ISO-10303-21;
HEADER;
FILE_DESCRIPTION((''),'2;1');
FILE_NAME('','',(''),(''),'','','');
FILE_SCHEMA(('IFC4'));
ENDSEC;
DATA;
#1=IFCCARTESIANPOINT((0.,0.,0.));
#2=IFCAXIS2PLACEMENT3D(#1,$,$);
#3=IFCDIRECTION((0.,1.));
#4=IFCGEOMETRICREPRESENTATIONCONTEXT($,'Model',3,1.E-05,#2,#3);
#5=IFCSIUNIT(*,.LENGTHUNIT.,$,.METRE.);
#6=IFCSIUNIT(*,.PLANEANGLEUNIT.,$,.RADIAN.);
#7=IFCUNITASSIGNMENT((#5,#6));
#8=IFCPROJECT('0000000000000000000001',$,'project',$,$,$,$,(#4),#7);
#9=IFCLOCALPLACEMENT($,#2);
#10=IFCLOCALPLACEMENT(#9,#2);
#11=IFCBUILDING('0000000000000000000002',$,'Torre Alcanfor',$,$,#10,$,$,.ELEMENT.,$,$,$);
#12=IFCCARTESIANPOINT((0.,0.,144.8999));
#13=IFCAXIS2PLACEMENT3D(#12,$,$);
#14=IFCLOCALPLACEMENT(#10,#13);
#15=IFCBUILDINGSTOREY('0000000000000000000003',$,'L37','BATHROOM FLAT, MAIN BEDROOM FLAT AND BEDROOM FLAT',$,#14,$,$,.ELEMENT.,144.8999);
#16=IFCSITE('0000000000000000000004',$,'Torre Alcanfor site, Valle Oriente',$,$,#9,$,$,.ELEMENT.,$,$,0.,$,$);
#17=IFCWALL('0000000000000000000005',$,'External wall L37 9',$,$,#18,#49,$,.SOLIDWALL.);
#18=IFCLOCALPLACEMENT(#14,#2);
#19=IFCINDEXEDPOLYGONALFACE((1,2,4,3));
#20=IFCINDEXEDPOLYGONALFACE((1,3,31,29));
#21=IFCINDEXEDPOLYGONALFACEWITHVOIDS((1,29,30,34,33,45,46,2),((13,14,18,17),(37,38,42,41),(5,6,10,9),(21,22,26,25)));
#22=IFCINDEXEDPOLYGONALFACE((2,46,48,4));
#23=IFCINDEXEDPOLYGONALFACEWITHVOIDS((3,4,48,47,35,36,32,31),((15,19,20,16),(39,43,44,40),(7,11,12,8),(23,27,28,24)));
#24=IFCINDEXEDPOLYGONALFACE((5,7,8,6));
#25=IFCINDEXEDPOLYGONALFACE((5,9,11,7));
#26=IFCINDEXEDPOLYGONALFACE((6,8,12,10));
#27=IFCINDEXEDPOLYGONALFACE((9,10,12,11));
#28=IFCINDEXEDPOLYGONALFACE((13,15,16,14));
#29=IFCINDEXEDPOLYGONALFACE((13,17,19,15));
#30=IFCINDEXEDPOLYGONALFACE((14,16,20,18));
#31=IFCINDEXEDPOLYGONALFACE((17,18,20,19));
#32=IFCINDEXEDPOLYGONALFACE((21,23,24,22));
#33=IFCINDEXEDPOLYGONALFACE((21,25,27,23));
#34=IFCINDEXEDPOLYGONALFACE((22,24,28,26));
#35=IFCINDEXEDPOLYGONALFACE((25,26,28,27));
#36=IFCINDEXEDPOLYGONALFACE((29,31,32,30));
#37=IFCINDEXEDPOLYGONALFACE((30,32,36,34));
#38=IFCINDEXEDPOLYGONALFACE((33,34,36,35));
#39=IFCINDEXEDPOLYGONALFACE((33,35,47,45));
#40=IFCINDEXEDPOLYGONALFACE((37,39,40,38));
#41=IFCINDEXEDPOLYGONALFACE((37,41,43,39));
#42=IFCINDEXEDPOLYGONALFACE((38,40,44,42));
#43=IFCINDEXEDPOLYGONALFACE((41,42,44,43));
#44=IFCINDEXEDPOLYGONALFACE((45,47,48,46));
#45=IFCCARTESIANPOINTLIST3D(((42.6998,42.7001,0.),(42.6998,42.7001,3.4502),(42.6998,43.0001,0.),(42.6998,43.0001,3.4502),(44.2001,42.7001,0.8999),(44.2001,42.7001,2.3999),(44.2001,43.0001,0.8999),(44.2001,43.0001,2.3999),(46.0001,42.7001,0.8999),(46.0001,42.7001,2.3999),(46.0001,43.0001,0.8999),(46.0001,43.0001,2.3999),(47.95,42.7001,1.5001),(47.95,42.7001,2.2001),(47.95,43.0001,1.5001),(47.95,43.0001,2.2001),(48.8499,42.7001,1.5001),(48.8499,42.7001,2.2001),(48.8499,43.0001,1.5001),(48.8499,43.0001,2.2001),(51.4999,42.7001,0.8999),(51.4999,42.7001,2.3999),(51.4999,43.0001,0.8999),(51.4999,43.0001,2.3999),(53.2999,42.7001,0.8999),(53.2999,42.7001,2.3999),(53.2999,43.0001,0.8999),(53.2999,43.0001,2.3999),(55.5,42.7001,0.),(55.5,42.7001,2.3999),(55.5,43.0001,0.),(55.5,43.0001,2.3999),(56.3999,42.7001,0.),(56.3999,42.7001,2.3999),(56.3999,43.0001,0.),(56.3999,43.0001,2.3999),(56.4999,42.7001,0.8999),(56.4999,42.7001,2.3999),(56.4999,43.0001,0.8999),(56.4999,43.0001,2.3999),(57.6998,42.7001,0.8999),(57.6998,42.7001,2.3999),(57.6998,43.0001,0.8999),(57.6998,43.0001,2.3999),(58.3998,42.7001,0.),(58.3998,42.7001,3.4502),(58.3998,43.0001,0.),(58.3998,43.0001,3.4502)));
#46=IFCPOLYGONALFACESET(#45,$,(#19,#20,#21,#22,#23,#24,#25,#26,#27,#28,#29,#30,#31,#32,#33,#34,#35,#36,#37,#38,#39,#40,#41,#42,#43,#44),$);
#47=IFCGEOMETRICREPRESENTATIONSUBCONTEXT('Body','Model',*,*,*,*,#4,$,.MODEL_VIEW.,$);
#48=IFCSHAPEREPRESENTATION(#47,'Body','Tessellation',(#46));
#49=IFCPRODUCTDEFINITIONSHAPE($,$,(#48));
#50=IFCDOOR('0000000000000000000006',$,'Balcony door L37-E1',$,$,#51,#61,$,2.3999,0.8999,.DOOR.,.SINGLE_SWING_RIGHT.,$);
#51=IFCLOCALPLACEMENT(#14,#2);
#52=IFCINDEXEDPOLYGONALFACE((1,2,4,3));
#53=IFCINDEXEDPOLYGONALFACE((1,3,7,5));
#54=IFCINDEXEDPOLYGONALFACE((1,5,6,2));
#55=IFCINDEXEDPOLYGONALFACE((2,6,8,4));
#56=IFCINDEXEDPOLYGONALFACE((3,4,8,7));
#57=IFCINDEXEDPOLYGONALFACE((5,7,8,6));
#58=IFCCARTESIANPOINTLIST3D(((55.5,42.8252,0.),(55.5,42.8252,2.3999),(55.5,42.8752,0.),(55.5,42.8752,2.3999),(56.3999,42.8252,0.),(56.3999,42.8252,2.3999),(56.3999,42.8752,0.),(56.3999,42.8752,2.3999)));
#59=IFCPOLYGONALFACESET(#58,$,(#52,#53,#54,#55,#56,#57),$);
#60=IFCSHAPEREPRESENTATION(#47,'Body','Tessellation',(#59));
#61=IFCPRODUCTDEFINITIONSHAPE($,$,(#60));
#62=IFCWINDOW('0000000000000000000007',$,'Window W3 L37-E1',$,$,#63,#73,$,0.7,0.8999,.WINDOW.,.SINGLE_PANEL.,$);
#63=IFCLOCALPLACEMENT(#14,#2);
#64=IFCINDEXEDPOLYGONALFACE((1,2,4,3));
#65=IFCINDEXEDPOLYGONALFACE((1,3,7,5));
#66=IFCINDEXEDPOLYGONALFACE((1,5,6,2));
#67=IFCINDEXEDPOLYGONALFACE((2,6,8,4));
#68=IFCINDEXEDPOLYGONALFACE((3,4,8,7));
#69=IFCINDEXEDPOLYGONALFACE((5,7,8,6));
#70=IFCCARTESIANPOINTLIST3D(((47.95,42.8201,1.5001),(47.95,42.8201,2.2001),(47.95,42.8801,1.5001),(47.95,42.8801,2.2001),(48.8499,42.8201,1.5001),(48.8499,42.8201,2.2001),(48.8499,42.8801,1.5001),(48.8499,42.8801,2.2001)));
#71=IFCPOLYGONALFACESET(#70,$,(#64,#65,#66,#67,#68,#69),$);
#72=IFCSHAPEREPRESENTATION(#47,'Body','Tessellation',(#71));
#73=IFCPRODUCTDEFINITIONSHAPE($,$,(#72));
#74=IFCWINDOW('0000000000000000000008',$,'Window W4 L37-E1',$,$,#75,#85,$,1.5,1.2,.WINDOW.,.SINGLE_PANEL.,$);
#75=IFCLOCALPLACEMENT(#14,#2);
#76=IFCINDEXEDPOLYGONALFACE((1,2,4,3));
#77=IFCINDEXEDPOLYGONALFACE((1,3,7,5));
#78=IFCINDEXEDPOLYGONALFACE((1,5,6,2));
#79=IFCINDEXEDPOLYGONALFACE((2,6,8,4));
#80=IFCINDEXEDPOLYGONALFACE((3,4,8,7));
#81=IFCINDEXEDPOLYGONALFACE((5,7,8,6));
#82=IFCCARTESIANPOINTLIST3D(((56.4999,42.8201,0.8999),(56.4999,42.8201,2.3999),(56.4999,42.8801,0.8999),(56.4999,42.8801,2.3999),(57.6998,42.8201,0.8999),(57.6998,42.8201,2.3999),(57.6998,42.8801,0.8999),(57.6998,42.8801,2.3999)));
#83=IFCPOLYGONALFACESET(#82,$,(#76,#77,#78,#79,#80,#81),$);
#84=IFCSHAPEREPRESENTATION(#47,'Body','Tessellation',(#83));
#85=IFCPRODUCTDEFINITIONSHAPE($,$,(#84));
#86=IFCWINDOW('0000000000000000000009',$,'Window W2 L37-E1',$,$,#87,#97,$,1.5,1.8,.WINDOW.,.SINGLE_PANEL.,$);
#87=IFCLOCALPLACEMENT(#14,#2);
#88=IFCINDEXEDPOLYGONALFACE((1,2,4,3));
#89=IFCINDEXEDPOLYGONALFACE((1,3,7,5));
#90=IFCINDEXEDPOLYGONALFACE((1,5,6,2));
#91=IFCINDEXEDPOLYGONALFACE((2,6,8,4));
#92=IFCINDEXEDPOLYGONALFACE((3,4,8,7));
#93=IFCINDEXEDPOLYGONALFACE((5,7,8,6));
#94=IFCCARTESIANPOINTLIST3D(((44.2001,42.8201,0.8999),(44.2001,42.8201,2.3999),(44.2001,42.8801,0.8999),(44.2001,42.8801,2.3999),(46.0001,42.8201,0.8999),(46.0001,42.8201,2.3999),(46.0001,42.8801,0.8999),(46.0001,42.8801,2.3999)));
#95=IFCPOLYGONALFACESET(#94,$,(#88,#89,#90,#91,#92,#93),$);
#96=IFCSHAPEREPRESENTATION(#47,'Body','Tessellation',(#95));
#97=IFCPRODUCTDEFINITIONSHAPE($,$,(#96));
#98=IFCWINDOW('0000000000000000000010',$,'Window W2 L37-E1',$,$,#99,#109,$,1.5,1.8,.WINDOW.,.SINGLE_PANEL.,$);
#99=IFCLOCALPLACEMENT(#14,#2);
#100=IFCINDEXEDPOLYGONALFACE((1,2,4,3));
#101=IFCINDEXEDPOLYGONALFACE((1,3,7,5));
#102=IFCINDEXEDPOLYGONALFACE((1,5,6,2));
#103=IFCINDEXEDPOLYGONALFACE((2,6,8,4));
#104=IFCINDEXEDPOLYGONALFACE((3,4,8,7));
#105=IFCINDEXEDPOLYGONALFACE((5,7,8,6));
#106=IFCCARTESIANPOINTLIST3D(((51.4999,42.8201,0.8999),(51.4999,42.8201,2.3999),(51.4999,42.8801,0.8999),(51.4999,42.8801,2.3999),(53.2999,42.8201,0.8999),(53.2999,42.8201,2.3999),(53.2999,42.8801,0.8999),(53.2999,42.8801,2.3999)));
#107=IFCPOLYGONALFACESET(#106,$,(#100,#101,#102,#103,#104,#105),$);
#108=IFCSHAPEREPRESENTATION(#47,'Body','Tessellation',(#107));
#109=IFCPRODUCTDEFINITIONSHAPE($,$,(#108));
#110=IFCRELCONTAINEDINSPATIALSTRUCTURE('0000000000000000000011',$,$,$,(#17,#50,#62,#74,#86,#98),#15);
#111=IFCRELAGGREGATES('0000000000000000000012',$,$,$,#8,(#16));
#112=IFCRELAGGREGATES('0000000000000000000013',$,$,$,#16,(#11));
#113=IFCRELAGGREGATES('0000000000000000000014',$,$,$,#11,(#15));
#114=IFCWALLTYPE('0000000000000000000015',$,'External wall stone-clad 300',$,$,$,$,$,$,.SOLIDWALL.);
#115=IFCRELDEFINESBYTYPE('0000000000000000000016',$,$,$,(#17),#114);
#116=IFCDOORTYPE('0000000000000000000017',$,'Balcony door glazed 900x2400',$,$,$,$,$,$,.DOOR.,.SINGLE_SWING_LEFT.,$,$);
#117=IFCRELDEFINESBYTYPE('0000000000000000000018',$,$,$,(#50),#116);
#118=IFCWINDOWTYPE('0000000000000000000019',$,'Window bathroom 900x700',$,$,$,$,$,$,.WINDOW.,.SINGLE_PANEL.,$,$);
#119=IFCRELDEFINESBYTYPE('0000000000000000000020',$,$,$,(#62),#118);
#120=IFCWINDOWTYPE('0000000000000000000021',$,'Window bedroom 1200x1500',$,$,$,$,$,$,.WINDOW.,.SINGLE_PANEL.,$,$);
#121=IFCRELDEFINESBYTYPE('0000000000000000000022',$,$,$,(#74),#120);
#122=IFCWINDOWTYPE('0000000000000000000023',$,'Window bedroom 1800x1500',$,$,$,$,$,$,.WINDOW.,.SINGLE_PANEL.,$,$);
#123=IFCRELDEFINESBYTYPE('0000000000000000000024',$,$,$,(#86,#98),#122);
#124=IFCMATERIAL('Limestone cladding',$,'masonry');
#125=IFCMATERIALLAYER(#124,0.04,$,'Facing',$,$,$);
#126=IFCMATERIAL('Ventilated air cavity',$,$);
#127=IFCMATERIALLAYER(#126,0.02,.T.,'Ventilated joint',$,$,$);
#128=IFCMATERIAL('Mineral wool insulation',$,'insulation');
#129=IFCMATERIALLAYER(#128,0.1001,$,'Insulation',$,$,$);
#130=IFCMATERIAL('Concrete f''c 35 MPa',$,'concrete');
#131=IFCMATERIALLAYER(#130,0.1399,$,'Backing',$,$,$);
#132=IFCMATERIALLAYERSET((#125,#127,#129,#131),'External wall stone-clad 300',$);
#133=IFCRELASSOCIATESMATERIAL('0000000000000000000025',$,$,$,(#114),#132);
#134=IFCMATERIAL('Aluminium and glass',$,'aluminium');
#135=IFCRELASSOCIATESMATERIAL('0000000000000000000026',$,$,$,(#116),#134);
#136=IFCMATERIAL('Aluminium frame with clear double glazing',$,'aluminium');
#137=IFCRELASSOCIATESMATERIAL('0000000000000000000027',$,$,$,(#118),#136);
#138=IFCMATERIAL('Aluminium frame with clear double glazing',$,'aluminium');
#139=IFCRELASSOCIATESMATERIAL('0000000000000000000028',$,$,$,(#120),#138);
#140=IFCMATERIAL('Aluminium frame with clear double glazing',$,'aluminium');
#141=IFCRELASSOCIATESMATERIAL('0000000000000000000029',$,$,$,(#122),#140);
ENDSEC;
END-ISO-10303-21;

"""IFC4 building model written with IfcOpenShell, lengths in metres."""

from ifc_helpers import new_model, si_unit, direction, frame, frame_2d, origin, place, context, subcontext, project, spatial, rectangle, extrude, material, layer, layer_set, type_object, element, fill, save


model = new_model("IFC4")

# Units and contexts
model_context = context("Model", 3, precision=1e-05, world=origin(), true_north=direction((0.0, 1.0)))
body_context = subcontext(model_context, "Body", "Model", "MODEL_VIEW")
ifc_project = project(units=[si_unit("LENGTHUNIT", "METRE"), si_unit("PLANEANGLEUNIT", "RADIAN")], contexts=[model_context])

# Site, building, storey
site_placement = place(None, origin())
site = spatial("IfcSite", under=ifc_project, at=site_placement, Name="Torre Alcanfor site, Valle Oriente", CompositionType="ELEMENT", RefElevation=0.0)
building_placement = place(site_placement, origin())
building = spatial("IfcBuilding", under=site, at=building_placement, Name="Torre Alcanfor", CompositionType="ELEMENT")
storey_placement = place(building_placement, frame((0.0, 0.0, 144.8999)))
storey = spatial("IfcBuildingStorey", under=building, at=storey_placement, Name="L37", Description="BATHROOM FLAT, MAIN BEDROOM FLAT AND BEDROOM FLAT", CompositionType="ELEMENT", Elevation=144.8999)

# Wall, openings, door, windows
ifc_material_1 = material(Name="Limestone cladding", Category="masonry")
ifc_layer_1 = layer(ifc_material_1, 0.04, Name="Facing")
ifc_material_2 = material(Name="Ventilated air cavity")
ifc_layer_2 = layer(ifc_material_2, 0.02, ventilated=True, Name="Ventilated joint")
ifc_material_3 = material(Name="Mineral wool insulation", Category="insulation")
ifc_layer_3 = layer(ifc_material_3, 0.1001, Name="Insulation")
ifc_material_4 = material(Name="Concrete f'c 35 MPa", Category="concrete")
ifc_layer_4 = layer(ifc_material_4, 0.1399, Name="Backing")
ifc_layer_set_1 = layer_set([ifc_layer_1, ifc_layer_2, ifc_layer_3, ifc_layer_4], Name="External wall stone-clad 300")
wall_type_1 = type_object("IfcWallType", Name="External wall stone-clad 300", PredefinedType="SOLIDWALL", material=ifc_layer_set_1)
wall_1_placement = place(storey_placement, frame((58.3999, 42.8501, 0.0), z_axis=(0.0, 0.0, 1.0), x_axis=(-1.0, 0.0, 0.0)))
wall_1 = element("IfcWall", 1, at=wall_1_placement, inside=storey, type_object=wall_type_1, Name="External wall L37 9", PredefinedType="SOLIDWALL", context=body_context, shape_type="SweptSolid", body=[
    extrude(rectangle(XDim=15.7, YDim=0.3, at=frame_2d((7.8501, 0.0))), origin(), (0.0, 0.0, 1.0), 3.4502),
])
opening_1_placement = place(wall_1_placement, frame((12.3999, 0.0, 0.8999)))
opening_1 = element("IfcOpeningElement", 2, at=opening_1_placement, cuts=wall_1, PredefinedType="OPENING", context=body_context, shape_type="SweptSolid", body=[
    extrude(rectangle(XDim=1.8, YDim=1.5, at=frame_2d((0.8999, 0.75))), frame((0.0, 0.1599, 0.0), z_axis=(0.0, -1.0, 0.0), x_axis=(1.0, 0.0, 0.0)), (0.0, 0.0, 1.0), 0.3201),
])
opening_2_placement = place(wall_1_placement, frame((9.55, 0.0, 1.5)))
opening_2 = element("IfcOpeningElement", 3, at=opening_2_placement, cuts=wall_1, PredefinedType="OPENING", context=body_context, shape_type="SweptSolid", body=[
    extrude(rectangle(XDim=0.8999, YDim=0.7, at=frame_2d((0.45, 0.3501))), frame((0.0, 0.1599, 0.0), z_axis=(0.0, -1.0, 0.0), x_axis=(1.0, 0.0, 0.0)), (0.0, 0.0, 1.0), 0.3201),
])
opening_3_placement = place(wall_1_placement, frame((5.1001, 0.0, 0.8999)))
opening_3 = element("IfcOpeningElement", 4, at=opening_3_placement, cuts=wall_1, PredefinedType="OPENING", context=body_context, shape_type="SweptSolid", body=[
    extrude(rectangle(XDim=1.8, YDim=1.5, at=frame_2d((0.8999, 0.75))), frame((0.0, 0.1599, 0.0), z_axis=(0.0, -1.0, 0.0), x_axis=(1.0, 0.0, 0.0)), (0.0, 0.0, 1.0), 0.3201),
])
opening_4_placement = place(wall_1_placement, frame((2.0, 0.0, 0.0)))
opening_4 = element("IfcOpeningElement", 5, at=opening_4_placement, cuts=wall_1, PredefinedType="OPENING", context=body_context, shape_type="SweptSolid", body=[
    extrude(rectangle(XDim=0.8999, YDim=2.3999, at=frame_2d((0.45, 1.2))), frame((0.0, 0.1599, 0.0), z_axis=(0.0, -1.0, 0.0), x_axis=(1.0, 0.0, 0.0)), (0.0, 0.0, 1.0), 0.3201),
])
opening_5_placement = place(wall_1_placement, frame((0.7, 0.0, 0.8999)))
opening_5 = element("IfcOpeningElement", 6, at=opening_5_placement, cuts=wall_1, PredefinedType="OPENING", context=body_context, shape_type="SweptSolid", body=[
    extrude(rectangle(XDim=1.2, YDim=1.5, at=frame_2d((0.6001, 0.75))), frame((0.0, 0.1599, 0.0), z_axis=(0.0, -1.0, 0.0), x_axis=(1.0, 0.0, 0.0)), (0.0, 0.0, 1.0), 0.3201),
])
ifc_material_5 = material(Name="Aluminium and glass", Category="aluminium")
door_type_1 = type_object("IfcDoorType", Name="Balcony door glazed 900x2400", OperationType="SINGLE_SWING_LEFT", PredefinedType="DOOR", material=ifc_material_5)
door_1_placement = place(opening_4_placement, origin())
door_1 = element("IfcDoor", 7, at=door_1_placement, inside=storey, type_object=door_type_1, Name="Balcony door L37-E1", OperationType="SINGLE_SWING_RIGHT", OverallHeight=2.3999, OverallWidth=0.8999, PredefinedType="DOOR", context=body_context, shape_type="SweptSolid", body=[
    extrude(rectangle(XDim=0.8999, YDim=2.3999, at=frame_2d((0.45, 1.2))), frame((0.0, 0.0249, 0.0), z_axis=(0.0, -1.0, 0.0), x_axis=(1.0, 0.0, 0.0)), (0.0, 0.0, 1.0), 0.05),
])
fill(opening_4, door_1)
ifc_material_6 = material(Name="Aluminium frame with clear double glazing", Category="aluminium")
window_type_1 = type_object("IfcWindowType", Name="Window bathroom 900x700", PartitioningType="SINGLE_PANEL", PredefinedType="WINDOW", material=ifc_material_6)
window_1_placement = place(opening_2_placement, origin())
window_1 = element("IfcWindow", 8, at=window_1_placement, inside=storey, type_object=window_type_1, Name="Window W3 L37-E1", OverallHeight=0.7, OverallWidth=0.8999, PartitioningType="SINGLE_PANEL", PredefinedType="WINDOW", context=body_context, shape_type="SweptSolid", body=[
    extrude(rectangle(XDim=0.8999, YDim=0.7, at=frame_2d((0.45, 0.3501))), frame((0.0, 0.03, 0.0), z_axis=(0.0, -1.0, 0.0), x_axis=(1.0, 0.0, 0.0)), (0.0, 0.0, 1.0), 0.0601),
])
fill(opening_2, window_1)
ifc_material_7 = material(Name="Aluminium frame with clear double glazing", Category="aluminium")
window_type_2 = type_object("IfcWindowType", Name="Window bedroom 1200x1500", PartitioningType="SINGLE_PANEL", PredefinedType="WINDOW", material=ifc_material_7)
window_2_placement = place(opening_5_placement, origin())
window_2 = element("IfcWindow", 9, at=window_2_placement, inside=storey, type_object=window_type_2, Name="Window W4 L37-E1", OverallHeight=1.5, OverallWidth=1.2, PartitioningType="SINGLE_PANEL", PredefinedType="WINDOW", context=body_context, shape_type="SweptSolid", body=[
    extrude(rectangle(XDim=1.2, YDim=1.5, at=frame_2d((0.6001, 0.75))), frame((0.0, 0.03, 0.0), z_axis=(0.0, -1.0, 0.0), x_axis=(1.0, 0.0, 0.0)), (0.0, 0.0, 1.0), 0.0601),
])
fill(opening_5, window_2)
ifc_material_8 = material(Name="Aluminium frame with clear double glazing", Category="aluminium")
window_type_3 = type_object("IfcWindowType", Name="Window bedroom 1800x1500", PartitioningType="SINGLE_PANEL", PredefinedType="WINDOW", material=ifc_material_8)
window_3_placement = place(opening_1_placement, origin())
window_3 = element("IfcWindow", 10, at=window_3_placement, inside=storey, type_object=window_type_3, Name="Window W2 L37-E1", OverallHeight=1.5, OverallWidth=1.8, PartitioningType="SINGLE_PANEL", PredefinedType="WINDOW", context=body_context, shape_type="SweptSolid", body=[
    extrude(rectangle(XDim=1.8, YDim=1.5, at=frame_2d((0.8999, 0.75))), frame((0.0, 0.03, 0.0), z_axis=(0.0, -1.0, 0.0), x_axis=(1.0, 0.0, 0.0)), (0.0, 0.0, 1.0), 0.0601),
])
fill(opening_1, window_3)
window_4_placement = place(opening_3_placement, origin())
window_4 = element("IfcWindow", 11, at=window_4_placement, inside=storey, type_object=window_type_3, Name="Window W2 L37-E1", OverallHeight=1.5, OverallWidth=1.8, PartitioningType="SINGLE_PANEL", PredefinedType="WINDOW", context=body_context, shape_type="SweptSolid", body=[
    extrude(rectangle(XDim=1.8, YDim=1.5, at=frame_2d((0.8999, 0.75))), frame((0.0, 0.03, 0.0), z_axis=(0.0, -1.0, 0.0), x_axis=(1.0, 0.0, 0.0)), (0.0, 0.0, 1.0), 0.0601),
])
fill(opening_3, window_4)

save(model, "model.ifc")
